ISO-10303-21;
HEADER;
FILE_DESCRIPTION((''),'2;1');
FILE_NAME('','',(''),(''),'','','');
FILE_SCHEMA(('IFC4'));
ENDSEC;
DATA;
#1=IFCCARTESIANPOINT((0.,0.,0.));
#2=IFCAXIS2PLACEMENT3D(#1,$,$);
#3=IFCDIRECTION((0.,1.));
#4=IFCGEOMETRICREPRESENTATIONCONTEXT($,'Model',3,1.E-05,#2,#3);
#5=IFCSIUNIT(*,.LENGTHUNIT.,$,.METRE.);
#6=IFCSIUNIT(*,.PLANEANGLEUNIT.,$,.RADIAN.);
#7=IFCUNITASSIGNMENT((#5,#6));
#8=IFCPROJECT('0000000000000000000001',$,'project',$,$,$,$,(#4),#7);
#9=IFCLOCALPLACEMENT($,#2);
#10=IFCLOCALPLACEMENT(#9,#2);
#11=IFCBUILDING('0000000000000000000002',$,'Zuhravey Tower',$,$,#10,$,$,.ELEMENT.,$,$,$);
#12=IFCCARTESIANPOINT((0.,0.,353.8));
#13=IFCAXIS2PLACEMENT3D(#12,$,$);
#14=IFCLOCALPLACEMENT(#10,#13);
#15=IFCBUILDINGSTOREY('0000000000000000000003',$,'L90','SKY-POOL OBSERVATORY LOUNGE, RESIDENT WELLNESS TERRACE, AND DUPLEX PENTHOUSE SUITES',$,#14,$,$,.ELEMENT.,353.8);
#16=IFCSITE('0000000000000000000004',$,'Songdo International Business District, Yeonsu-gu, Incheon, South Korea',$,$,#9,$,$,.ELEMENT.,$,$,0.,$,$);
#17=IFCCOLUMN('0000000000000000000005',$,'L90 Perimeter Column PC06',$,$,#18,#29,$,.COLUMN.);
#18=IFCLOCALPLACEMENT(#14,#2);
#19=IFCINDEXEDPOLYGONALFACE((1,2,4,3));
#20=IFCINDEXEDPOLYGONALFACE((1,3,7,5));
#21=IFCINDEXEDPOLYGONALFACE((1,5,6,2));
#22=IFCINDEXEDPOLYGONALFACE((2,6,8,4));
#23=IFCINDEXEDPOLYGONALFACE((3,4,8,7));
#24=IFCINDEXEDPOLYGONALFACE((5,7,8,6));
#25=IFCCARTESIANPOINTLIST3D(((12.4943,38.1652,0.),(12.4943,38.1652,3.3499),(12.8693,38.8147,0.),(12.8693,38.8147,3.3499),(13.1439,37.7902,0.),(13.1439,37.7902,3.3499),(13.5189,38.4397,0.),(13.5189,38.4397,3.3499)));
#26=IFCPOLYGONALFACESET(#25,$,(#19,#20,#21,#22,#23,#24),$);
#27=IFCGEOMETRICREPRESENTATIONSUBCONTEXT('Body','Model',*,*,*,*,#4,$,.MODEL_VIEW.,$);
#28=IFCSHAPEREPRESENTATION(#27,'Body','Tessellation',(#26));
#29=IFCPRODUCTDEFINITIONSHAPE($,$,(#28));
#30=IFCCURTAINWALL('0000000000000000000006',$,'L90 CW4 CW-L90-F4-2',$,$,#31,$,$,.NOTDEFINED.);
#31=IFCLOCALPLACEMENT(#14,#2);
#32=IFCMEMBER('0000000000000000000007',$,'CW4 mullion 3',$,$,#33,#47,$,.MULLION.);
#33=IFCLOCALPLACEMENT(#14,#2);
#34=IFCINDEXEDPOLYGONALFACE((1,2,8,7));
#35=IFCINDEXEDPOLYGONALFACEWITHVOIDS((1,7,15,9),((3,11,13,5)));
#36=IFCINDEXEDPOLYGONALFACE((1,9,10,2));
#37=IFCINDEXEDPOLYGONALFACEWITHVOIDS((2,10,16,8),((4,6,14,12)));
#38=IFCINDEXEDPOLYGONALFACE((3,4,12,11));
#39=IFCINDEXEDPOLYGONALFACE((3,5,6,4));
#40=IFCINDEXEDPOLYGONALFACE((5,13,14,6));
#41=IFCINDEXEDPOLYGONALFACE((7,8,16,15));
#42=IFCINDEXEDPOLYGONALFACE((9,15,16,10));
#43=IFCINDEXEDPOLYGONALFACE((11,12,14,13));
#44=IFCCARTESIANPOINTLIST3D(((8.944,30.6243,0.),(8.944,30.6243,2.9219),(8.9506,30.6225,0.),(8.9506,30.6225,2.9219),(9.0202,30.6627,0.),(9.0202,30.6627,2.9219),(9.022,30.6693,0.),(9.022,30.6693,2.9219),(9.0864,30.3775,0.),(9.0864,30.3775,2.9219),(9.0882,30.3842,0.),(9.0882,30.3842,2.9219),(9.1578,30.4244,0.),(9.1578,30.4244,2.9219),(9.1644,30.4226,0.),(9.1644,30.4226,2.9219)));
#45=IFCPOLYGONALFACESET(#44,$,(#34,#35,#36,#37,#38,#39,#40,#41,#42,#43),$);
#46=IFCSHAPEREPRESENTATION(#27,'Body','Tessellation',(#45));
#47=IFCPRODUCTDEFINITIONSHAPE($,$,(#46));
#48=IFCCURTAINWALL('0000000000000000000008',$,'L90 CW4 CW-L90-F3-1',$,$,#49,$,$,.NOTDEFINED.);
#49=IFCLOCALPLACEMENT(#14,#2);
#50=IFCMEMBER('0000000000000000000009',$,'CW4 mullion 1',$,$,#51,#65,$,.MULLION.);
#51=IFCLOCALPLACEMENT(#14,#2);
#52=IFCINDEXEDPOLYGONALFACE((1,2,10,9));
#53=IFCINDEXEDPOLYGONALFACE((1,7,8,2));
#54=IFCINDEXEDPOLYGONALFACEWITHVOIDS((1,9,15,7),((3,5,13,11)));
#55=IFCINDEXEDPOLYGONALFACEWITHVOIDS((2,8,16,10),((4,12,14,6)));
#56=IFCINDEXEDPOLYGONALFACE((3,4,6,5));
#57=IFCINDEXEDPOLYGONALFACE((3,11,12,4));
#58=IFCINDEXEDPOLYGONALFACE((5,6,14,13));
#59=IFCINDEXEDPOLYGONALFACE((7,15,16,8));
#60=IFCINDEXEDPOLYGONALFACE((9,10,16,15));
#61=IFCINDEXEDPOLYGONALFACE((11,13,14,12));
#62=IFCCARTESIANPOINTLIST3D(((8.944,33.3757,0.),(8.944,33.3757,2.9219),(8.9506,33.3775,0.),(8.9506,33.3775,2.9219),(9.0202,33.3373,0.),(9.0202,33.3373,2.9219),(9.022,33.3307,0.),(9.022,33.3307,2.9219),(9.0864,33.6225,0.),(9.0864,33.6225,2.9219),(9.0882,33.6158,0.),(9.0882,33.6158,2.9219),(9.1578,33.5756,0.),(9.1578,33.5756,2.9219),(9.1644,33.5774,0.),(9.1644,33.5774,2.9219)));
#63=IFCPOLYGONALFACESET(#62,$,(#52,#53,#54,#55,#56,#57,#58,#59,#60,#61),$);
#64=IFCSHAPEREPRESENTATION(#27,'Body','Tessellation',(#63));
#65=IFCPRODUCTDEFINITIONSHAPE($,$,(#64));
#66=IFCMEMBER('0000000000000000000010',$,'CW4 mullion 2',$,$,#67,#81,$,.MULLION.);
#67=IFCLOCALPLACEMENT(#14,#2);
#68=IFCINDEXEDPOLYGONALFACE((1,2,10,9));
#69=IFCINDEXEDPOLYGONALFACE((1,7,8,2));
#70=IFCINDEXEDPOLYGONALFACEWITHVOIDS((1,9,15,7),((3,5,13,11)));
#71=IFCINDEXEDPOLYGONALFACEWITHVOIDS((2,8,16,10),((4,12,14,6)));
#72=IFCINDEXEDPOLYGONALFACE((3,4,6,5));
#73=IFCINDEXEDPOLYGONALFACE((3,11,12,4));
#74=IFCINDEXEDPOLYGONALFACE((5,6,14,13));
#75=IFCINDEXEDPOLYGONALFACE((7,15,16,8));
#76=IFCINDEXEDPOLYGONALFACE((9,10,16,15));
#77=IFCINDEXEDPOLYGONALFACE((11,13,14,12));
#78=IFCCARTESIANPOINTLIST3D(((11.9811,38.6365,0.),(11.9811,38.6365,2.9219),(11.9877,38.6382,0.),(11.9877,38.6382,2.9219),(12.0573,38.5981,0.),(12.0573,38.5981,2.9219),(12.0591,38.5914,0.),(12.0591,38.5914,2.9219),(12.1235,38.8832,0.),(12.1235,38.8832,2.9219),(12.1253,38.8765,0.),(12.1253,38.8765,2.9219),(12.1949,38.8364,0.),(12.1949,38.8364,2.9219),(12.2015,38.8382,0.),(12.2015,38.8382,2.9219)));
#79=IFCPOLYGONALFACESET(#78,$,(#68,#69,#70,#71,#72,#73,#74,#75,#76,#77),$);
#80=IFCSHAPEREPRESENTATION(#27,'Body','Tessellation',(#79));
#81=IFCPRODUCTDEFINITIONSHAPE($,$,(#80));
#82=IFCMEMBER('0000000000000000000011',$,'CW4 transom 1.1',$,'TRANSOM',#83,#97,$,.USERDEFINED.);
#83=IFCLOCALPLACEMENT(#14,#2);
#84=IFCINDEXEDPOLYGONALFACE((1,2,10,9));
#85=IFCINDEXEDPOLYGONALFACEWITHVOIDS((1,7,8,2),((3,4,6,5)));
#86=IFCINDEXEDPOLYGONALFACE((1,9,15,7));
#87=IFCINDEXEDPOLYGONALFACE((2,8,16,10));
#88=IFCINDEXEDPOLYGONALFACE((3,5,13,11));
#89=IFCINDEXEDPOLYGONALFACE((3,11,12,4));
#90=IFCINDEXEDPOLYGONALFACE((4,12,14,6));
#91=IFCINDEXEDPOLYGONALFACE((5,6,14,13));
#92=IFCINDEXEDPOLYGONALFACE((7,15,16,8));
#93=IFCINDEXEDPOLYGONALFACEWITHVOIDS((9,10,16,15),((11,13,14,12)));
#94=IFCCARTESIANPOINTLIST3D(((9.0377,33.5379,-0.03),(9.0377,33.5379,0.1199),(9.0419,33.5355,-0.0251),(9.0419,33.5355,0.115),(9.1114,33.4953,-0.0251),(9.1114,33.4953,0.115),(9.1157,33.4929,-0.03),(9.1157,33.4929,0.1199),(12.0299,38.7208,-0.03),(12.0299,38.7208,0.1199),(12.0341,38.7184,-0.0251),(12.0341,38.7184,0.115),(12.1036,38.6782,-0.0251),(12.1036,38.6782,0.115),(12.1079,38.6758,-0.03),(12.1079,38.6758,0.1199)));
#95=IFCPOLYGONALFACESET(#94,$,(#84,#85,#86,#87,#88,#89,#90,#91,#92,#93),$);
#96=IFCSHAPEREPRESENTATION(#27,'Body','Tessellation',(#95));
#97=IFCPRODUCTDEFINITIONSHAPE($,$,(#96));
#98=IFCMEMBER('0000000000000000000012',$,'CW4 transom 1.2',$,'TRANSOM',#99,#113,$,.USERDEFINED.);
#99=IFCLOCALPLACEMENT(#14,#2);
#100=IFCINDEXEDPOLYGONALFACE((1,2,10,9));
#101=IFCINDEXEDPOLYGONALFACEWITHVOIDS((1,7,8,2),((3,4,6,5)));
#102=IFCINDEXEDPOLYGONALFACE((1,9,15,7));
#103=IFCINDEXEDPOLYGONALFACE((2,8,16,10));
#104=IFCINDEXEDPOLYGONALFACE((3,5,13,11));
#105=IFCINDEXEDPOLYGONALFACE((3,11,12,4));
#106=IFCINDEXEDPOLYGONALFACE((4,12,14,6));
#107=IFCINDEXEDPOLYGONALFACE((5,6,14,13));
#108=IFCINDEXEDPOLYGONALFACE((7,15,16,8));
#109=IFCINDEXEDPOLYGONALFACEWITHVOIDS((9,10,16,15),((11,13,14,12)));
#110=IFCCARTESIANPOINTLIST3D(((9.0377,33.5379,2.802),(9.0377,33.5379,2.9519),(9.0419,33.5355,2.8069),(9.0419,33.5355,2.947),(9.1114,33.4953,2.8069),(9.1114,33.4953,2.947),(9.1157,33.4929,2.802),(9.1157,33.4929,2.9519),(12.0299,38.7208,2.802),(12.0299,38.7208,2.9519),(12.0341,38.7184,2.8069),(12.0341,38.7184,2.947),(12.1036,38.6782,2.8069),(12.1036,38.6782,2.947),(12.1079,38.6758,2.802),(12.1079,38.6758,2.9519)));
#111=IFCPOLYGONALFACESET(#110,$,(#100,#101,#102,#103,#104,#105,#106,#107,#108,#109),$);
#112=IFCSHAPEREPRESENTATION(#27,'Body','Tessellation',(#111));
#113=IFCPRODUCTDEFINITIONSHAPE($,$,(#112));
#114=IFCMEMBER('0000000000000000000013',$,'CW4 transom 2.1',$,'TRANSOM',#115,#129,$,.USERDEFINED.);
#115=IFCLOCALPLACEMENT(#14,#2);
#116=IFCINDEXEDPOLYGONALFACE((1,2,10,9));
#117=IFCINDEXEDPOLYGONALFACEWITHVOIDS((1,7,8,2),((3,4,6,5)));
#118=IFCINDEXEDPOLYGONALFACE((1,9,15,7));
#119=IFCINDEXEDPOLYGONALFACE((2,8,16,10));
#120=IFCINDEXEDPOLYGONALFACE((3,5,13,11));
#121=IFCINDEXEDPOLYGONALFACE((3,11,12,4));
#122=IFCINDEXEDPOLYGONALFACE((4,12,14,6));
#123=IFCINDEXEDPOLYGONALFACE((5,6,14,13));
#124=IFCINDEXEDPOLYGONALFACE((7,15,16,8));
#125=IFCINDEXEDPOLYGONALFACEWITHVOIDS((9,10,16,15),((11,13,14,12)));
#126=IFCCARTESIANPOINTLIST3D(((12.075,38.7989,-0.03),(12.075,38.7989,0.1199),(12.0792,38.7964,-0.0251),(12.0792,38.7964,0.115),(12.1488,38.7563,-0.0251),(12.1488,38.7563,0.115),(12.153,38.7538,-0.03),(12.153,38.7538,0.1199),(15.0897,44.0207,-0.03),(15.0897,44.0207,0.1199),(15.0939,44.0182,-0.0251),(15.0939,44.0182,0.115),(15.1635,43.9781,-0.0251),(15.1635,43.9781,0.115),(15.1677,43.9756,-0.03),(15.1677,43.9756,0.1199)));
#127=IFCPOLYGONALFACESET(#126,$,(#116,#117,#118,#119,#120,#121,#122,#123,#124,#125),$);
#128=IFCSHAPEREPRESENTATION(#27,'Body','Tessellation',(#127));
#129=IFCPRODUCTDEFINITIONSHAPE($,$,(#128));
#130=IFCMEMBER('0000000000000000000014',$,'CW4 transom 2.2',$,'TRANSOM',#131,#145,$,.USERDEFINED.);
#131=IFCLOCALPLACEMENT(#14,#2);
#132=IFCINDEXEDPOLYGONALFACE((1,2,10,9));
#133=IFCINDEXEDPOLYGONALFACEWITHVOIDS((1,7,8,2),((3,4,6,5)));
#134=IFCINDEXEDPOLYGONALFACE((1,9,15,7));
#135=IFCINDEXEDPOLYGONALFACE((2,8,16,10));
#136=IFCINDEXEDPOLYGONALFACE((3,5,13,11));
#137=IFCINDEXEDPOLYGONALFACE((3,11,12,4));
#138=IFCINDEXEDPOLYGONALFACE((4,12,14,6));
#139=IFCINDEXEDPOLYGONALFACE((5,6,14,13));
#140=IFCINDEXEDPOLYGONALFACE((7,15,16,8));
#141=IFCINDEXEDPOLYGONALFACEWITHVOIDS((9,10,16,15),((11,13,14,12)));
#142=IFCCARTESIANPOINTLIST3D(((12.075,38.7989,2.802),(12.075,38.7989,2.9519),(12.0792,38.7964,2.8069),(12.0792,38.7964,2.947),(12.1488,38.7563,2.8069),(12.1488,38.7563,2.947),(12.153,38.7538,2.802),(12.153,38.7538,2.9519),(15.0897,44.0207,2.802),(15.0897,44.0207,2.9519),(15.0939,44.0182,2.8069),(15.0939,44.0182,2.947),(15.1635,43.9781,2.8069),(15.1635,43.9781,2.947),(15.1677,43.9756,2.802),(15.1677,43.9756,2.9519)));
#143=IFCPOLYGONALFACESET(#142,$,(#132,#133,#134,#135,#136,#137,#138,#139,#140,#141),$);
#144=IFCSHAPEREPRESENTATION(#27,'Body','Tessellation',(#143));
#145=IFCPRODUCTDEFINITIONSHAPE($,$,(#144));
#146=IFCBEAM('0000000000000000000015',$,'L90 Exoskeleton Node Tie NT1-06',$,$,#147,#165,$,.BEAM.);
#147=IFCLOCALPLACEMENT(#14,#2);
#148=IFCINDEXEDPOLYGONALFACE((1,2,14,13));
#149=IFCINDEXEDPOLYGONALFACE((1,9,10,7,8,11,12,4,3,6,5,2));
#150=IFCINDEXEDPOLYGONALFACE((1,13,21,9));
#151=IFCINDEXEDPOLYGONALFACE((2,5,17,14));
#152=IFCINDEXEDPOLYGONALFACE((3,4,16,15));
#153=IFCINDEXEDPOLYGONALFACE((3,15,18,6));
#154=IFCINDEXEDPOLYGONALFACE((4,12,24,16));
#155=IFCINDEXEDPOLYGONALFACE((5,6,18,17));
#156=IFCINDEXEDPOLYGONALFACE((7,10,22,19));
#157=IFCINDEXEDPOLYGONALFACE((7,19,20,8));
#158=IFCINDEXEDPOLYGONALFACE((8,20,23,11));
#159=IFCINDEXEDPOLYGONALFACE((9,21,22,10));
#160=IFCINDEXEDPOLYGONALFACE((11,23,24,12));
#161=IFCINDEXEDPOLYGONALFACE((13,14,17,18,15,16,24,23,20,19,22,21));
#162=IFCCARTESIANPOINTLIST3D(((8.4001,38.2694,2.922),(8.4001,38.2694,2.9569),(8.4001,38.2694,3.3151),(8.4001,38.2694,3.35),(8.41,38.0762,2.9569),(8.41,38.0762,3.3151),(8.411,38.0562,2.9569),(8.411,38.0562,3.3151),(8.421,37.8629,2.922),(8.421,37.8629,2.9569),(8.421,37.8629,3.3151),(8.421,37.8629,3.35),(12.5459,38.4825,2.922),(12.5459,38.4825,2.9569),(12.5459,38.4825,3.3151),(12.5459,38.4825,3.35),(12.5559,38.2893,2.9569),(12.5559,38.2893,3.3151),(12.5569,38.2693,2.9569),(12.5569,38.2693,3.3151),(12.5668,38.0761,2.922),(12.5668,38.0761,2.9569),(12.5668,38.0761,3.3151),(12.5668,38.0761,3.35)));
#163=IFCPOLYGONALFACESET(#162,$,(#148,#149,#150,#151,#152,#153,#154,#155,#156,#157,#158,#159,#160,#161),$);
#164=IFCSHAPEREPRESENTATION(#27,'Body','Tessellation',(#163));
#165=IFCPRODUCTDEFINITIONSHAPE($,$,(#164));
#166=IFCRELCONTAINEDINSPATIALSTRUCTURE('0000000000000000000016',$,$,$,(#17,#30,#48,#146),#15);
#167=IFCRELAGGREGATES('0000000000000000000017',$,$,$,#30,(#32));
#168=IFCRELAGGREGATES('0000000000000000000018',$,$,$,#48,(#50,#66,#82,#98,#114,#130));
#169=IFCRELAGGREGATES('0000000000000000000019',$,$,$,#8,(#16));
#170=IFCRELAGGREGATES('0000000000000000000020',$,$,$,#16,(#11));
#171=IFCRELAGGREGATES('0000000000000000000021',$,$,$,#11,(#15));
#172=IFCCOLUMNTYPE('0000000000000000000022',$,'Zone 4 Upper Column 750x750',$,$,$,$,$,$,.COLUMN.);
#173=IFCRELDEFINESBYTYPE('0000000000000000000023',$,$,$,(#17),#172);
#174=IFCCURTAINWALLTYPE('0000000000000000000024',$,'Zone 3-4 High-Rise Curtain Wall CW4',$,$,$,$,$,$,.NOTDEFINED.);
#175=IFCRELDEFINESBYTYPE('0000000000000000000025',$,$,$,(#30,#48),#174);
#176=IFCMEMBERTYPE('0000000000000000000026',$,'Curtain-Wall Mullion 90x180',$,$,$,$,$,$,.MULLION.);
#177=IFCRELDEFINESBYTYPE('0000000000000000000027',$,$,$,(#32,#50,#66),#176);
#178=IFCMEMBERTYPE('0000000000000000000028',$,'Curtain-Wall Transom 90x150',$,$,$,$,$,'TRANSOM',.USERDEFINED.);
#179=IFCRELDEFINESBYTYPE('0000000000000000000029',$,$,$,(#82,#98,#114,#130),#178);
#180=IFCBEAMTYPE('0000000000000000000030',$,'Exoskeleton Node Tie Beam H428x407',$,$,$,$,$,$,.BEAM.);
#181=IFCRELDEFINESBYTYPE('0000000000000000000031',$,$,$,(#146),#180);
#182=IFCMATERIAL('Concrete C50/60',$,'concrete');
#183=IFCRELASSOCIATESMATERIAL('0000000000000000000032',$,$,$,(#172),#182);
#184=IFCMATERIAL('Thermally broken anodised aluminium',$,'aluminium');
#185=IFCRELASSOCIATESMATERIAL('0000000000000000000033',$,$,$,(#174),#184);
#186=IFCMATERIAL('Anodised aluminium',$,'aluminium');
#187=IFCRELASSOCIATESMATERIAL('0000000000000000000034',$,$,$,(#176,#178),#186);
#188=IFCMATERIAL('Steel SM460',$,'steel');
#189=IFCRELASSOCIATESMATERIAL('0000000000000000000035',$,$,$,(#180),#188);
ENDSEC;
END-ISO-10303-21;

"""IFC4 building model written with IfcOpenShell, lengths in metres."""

from ifc_helpers import new_model, si_unit, direction, frame, origin, origin_2d, place, context, subcontext, project, spatial, rectangle, hollow_rectangle, i_section, extrude, material, material_profile, profile_set, type_object, element, aggregate, save


model = new_model("IFC4")

# Units and contexts
model_context = context("Model", 3, precision=1e-05, world=origin(), true_north=direction((0.0, 1.0)))
body_context = subcontext(model_context, "Body", "Model", "MODEL_VIEW")
ifc_project = project(units=[si_unit("LENGTHUNIT", "METRE"), si_unit("PLANEANGLEUNIT", "RADIAN")], contexts=[model_context])

# Site, building, storey
site_placement = place(None, origin())
site = spatial("IfcSite", under=ifc_project, at=site_placement, Name="Songdo International Business District, Yeonsu-gu, Incheon, South Korea", CompositionType="ELEMENT", RefElevation=0.0)
building_placement = place(site_placement, origin())
building = spatial("IfcBuilding", under=site, at=building_placement, Name="Zuhravey Tower", CompositionType="ELEMENT")
storey_placement = place(building_placement, frame((0.0, 0.0, 353.8)))
storey = spatial("IfcBuildingStorey", under=building, at=storey_placement, Name="L90", Description="SKY-POOL OBSERVATORY LOUNGE, RESIDENT WELLNESS TERRACE, AND DUPLEX PENTHOUSE SUITES", CompositionType="ELEMENT", Elevation=353.8)

# Column
ifc_material_1 = material(Name="Concrete C50/60", Category="concrete")
ifc_material_profile_1 = material_profile(ifc_material_1, rectangle(XDim=0.75, YDim=0.75, at=origin_2d()), Name="RC-750x750")
ifc_profile_set_1 = profile_set([ifc_material_profile_1], Name="Concrete C50/60")
column_type = type_object("IfcColumnType", Name="Zone 4 Upper Column 750x750", PredefinedType="COLUMN", material=ifc_profile_set_1)
column_placement = place(storey_placement, frame((13.0066, 38.3025, 0.0), z_axis=(0.0, 0.0, 1.0), x_axis=(-0.5, -0.866025, 0.0)))
element("IfcColumn", 1, at=column_placement, inside=storey, type_object=column_type, Name="L90 Perimeter Column PC06", PredefinedType="COLUMN", context=body_context, shape_type="SweptSolid", body=[
    extrude(rectangle(XDim=0.75, YDim=0.75, at=origin_2d()), origin(), (0.0, 0.0, 1.0), 3.3499),
])

# Curtain wall, member
ifc_material_2 = material(Name="Thermally broken anodised aluminium", Category="aluminium")
curtain_wall_type = type_object("IfcCurtainWallType", Name="Zone 3-4 High-Rise Curtain Wall CW4", PredefinedType="NOTDEFINED", material=ifc_material_2)
curtain_wall_1_placement = place(storey_placement, origin())
curtain_wall_1 = element("IfcCurtainWall", 2, at=curtain_wall_1_placement, inside=storey, type_object=curtain_wall_type, Name="L90 CW4 CW-L90-F4-2", PredefinedType="NOTDEFINED")
ifc_material_3 = material(Name="Anodised aluminium", Category="aluminium")
ifc_material_profile_2 = material_profile(ifc_material_3, hollow_rectangle(XDim=0.0901, YDim=0.2849, WallThickness=0.0049, at=origin_2d()), Name="ALU-RHS-90x285x5")
ifc_profile_set_2 = profile_set([ifc_material_profile_2], Name="Anodised aluminium")
member_type_1 = type_object("IfcMemberType", Name="Curtain-Wall Mullion 90x180", PredefinedType="MULLION", material=ifc_profile_set_2)
member_1_placement = place(storey_placement, frame((9.0542, 30.5234, 0.0), z_axis=(0.0, 0.0, 1.0), x_axis=(-0.866024, -0.500002, 0.0)))
member_1 = element("IfcMember", 3, at=member_1_placement, type_object=member_type_1, Name="CW4 mullion 3", PredefinedType="MULLION", context=body_context, shape_type="SweptSolid", body=[
    extrude(hollow_rectangle(XDim=0.0901, YDim=0.2849, WallThickness=0.0049, at=origin_2d()), origin(), (0.0, 0.0, 1.0), 2.9219),
])
aggregate(curtain_wall_1, [member_1])

# Curtain wall, members
curtain_wall_2_placement = place(storey_placement, origin())
curtain_wall_2 = element("IfcCurtainWall", 4, at=curtain_wall_2_placement, inside=storey, type_object=curtain_wall_type, Name="L90 CW4 CW-L90-F3-1", PredefinedType="NOTDEFINED")
member_2_placement = place(storey_placement, frame((9.0542, 33.4766, 0.0), z_axis=(0.0, 0.0, 1.0), x_axis=(-0.866026, 0.5, 0.0)))
member_2 = element("IfcMember", 5, at=member_2_placement, type_object=member_type_1, Name="CW4 mullion 1", PredefinedType="MULLION", context=body_context, shape_type="SweptSolid", body=[
    extrude(hollow_rectangle(XDim=0.0901, YDim=0.2849, WallThickness=0.0049, at=origin_2d()), origin(), (0.0, 0.0, 1.0), 2.9219),
])
member_3_placement = place(storey_placement, frame((12.0913, 38.7373, 0.0), z_axis=(0.0, 0.0, 1.0), x_axis=(-0.866026, 0.5, 0.0)))
member_3 = element("IfcMember", 6, at=member_3_placement, type_object=member_type_1, Name="CW4 mullion 2", PredefinedType="MULLION", context=body_context, shape_type="SweptSolid", body=[
    extrude(hollow_rectangle(XDim=0.0901, YDim=0.2849, WallThickness=0.0049, at=origin_2d()), origin(), (0.0, 0.0, 1.0), 2.9219),
])
ifc_material_profile_3 = material_profile(ifc_material_3, hollow_rectangle(XDim=0.0901, YDim=0.1499, WallThickness=0.0049, at=origin_2d()), Name="ALU-RHS-90x150x5")
ifc_profile_set_3 = profile_set([ifc_material_profile_3], Name="Anodised aluminium")
member_type_2 = type_object("IfcMemberType", Name="Curtain-Wall Transom 90x150", ElementType="TRANSOM", PredefinedType="USERDEFINED", material=ifc_profile_set_3)
member_4_placement = place(storey_placement, frame((9.0767, 33.5154, 0.0449), z_axis=(0.499983, 0.866035, 0.0), x_axis=(-0.866035, 0.499983, 0.0)))
member_4 = element("IfcMember", 7, at=member_4_placement, type_object=member_type_2, Name="CW4 transom 1.1", ObjectType="TRANSOM", PredefinedType="USERDEFINED", context=body_context, shape_type="SweptSolid", body=[
    extrude(hollow_rectangle(XDim=0.0901, YDim=0.1499, WallThickness=0.0049, at=origin_2d()), origin(), (0.0, 0.0, 1.0), 5.9846),
])
member_5_placement = place(storey_placement, frame((9.0767, 33.5154, 2.877), z_axis=(0.499983, 0.866035, 0.0), x_axis=(-0.866035, 0.499983, 0.0)))
member_5 = element("IfcMember", 8, at=member_5_placement, type_object=member_type_2, Name="CW4 transom 1.2", ObjectType="TRANSOM", PredefinedType="USERDEFINED", context=body_context, shape_type="SweptSolid", body=[
    extrude(hollow_rectangle(XDim=0.0901, YDim=0.1499, WallThickness=0.0049, at=origin_2d()), origin(), (0.0, 0.0, 1.0), 5.9846),
])
member_6_placement = place(storey_placement, frame((12.114, 38.7764, 0.0449), z_axis=(0.499989, 0.866032, 0.0), x_axis=(-0.866032, 0.499989, 0.0)))
member_6 = element("IfcMember", 9, at=member_6_placement, type_object=member_type_2, Name="CW4 transom 2.1", ObjectType="TRANSOM", PredefinedType="USERDEFINED", context=body_context, shape_type="SweptSolid", body=[
    extrude(hollow_rectangle(XDim=0.0901, YDim=0.1499, WallThickness=0.0049, at=origin_2d()), origin(), (0.0, 0.0, 1.0), 6.0295),
])
member_7_placement = place(storey_placement, frame((12.114, 38.7764, 2.877), z_axis=(0.499989, 0.866032, 0.0), x_axis=(-0.866032, 0.499989, 0.0)))
member_7 = element("IfcMember", 10, at=member_7_placement, type_object=member_type_2, Name="CW4 transom 2.2", ObjectType="TRANSOM", PredefinedType="USERDEFINED", context=body_context, shape_type="SweptSolid", body=[
    extrude(hollow_rectangle(XDim=0.0901, YDim=0.1499, WallThickness=0.0049, at=origin_2d()), origin(), (0.0, 0.0, 1.0), 6.0295),
])

# Beam
ifc_material_4 = material(Name="Steel SM460", Category="steel")
ifc_material_profile_4 = material_profile(ifc_material_4, i_section(OverallWidth=0.407, OverallDepth=0.428, WebThickness=0.02, FlangeThickness=0.0349, at=origin_2d()), Name="H-428x407x20x35")
ifc_profile_set_4 = profile_set([ifc_material_profile_4], Name="Steel SM460")
beam_type_1 = type_object("IfcBeamType", Name="Exoskeleton Node Tie Beam H428x407", PredefinedType="BEAM", material=ifc_profile_set_4)
beam_1_placement = place(storey_placement, frame((12.5564, 38.2793, 3.136), z_axis=(-0.998681, -0.05134, 0.0), x_axis=(0.05134, -0.998681, 0.0)))
element("IfcBeam", 11, at=beam_1_placement, inside=storey, type_object=beam_type_1, Name="L90 Exoskeleton Node Tie NT1-06", PredefinedType="BEAM", context=body_context, shape_type="SweptSolid", body=[
    extrude(i_section(OverallWidth=0.407, OverallDepth=0.428, WebThickness=0.02, FlangeThickness=0.0349, at=origin_2d()), origin(), (0.0, 0.0, 1.0), 4.1514),
])

aggregate(curtain_wall_2, [member_2, member_3, member_4, member_5, member_6, member_7])

save(model, "model.ifc")
